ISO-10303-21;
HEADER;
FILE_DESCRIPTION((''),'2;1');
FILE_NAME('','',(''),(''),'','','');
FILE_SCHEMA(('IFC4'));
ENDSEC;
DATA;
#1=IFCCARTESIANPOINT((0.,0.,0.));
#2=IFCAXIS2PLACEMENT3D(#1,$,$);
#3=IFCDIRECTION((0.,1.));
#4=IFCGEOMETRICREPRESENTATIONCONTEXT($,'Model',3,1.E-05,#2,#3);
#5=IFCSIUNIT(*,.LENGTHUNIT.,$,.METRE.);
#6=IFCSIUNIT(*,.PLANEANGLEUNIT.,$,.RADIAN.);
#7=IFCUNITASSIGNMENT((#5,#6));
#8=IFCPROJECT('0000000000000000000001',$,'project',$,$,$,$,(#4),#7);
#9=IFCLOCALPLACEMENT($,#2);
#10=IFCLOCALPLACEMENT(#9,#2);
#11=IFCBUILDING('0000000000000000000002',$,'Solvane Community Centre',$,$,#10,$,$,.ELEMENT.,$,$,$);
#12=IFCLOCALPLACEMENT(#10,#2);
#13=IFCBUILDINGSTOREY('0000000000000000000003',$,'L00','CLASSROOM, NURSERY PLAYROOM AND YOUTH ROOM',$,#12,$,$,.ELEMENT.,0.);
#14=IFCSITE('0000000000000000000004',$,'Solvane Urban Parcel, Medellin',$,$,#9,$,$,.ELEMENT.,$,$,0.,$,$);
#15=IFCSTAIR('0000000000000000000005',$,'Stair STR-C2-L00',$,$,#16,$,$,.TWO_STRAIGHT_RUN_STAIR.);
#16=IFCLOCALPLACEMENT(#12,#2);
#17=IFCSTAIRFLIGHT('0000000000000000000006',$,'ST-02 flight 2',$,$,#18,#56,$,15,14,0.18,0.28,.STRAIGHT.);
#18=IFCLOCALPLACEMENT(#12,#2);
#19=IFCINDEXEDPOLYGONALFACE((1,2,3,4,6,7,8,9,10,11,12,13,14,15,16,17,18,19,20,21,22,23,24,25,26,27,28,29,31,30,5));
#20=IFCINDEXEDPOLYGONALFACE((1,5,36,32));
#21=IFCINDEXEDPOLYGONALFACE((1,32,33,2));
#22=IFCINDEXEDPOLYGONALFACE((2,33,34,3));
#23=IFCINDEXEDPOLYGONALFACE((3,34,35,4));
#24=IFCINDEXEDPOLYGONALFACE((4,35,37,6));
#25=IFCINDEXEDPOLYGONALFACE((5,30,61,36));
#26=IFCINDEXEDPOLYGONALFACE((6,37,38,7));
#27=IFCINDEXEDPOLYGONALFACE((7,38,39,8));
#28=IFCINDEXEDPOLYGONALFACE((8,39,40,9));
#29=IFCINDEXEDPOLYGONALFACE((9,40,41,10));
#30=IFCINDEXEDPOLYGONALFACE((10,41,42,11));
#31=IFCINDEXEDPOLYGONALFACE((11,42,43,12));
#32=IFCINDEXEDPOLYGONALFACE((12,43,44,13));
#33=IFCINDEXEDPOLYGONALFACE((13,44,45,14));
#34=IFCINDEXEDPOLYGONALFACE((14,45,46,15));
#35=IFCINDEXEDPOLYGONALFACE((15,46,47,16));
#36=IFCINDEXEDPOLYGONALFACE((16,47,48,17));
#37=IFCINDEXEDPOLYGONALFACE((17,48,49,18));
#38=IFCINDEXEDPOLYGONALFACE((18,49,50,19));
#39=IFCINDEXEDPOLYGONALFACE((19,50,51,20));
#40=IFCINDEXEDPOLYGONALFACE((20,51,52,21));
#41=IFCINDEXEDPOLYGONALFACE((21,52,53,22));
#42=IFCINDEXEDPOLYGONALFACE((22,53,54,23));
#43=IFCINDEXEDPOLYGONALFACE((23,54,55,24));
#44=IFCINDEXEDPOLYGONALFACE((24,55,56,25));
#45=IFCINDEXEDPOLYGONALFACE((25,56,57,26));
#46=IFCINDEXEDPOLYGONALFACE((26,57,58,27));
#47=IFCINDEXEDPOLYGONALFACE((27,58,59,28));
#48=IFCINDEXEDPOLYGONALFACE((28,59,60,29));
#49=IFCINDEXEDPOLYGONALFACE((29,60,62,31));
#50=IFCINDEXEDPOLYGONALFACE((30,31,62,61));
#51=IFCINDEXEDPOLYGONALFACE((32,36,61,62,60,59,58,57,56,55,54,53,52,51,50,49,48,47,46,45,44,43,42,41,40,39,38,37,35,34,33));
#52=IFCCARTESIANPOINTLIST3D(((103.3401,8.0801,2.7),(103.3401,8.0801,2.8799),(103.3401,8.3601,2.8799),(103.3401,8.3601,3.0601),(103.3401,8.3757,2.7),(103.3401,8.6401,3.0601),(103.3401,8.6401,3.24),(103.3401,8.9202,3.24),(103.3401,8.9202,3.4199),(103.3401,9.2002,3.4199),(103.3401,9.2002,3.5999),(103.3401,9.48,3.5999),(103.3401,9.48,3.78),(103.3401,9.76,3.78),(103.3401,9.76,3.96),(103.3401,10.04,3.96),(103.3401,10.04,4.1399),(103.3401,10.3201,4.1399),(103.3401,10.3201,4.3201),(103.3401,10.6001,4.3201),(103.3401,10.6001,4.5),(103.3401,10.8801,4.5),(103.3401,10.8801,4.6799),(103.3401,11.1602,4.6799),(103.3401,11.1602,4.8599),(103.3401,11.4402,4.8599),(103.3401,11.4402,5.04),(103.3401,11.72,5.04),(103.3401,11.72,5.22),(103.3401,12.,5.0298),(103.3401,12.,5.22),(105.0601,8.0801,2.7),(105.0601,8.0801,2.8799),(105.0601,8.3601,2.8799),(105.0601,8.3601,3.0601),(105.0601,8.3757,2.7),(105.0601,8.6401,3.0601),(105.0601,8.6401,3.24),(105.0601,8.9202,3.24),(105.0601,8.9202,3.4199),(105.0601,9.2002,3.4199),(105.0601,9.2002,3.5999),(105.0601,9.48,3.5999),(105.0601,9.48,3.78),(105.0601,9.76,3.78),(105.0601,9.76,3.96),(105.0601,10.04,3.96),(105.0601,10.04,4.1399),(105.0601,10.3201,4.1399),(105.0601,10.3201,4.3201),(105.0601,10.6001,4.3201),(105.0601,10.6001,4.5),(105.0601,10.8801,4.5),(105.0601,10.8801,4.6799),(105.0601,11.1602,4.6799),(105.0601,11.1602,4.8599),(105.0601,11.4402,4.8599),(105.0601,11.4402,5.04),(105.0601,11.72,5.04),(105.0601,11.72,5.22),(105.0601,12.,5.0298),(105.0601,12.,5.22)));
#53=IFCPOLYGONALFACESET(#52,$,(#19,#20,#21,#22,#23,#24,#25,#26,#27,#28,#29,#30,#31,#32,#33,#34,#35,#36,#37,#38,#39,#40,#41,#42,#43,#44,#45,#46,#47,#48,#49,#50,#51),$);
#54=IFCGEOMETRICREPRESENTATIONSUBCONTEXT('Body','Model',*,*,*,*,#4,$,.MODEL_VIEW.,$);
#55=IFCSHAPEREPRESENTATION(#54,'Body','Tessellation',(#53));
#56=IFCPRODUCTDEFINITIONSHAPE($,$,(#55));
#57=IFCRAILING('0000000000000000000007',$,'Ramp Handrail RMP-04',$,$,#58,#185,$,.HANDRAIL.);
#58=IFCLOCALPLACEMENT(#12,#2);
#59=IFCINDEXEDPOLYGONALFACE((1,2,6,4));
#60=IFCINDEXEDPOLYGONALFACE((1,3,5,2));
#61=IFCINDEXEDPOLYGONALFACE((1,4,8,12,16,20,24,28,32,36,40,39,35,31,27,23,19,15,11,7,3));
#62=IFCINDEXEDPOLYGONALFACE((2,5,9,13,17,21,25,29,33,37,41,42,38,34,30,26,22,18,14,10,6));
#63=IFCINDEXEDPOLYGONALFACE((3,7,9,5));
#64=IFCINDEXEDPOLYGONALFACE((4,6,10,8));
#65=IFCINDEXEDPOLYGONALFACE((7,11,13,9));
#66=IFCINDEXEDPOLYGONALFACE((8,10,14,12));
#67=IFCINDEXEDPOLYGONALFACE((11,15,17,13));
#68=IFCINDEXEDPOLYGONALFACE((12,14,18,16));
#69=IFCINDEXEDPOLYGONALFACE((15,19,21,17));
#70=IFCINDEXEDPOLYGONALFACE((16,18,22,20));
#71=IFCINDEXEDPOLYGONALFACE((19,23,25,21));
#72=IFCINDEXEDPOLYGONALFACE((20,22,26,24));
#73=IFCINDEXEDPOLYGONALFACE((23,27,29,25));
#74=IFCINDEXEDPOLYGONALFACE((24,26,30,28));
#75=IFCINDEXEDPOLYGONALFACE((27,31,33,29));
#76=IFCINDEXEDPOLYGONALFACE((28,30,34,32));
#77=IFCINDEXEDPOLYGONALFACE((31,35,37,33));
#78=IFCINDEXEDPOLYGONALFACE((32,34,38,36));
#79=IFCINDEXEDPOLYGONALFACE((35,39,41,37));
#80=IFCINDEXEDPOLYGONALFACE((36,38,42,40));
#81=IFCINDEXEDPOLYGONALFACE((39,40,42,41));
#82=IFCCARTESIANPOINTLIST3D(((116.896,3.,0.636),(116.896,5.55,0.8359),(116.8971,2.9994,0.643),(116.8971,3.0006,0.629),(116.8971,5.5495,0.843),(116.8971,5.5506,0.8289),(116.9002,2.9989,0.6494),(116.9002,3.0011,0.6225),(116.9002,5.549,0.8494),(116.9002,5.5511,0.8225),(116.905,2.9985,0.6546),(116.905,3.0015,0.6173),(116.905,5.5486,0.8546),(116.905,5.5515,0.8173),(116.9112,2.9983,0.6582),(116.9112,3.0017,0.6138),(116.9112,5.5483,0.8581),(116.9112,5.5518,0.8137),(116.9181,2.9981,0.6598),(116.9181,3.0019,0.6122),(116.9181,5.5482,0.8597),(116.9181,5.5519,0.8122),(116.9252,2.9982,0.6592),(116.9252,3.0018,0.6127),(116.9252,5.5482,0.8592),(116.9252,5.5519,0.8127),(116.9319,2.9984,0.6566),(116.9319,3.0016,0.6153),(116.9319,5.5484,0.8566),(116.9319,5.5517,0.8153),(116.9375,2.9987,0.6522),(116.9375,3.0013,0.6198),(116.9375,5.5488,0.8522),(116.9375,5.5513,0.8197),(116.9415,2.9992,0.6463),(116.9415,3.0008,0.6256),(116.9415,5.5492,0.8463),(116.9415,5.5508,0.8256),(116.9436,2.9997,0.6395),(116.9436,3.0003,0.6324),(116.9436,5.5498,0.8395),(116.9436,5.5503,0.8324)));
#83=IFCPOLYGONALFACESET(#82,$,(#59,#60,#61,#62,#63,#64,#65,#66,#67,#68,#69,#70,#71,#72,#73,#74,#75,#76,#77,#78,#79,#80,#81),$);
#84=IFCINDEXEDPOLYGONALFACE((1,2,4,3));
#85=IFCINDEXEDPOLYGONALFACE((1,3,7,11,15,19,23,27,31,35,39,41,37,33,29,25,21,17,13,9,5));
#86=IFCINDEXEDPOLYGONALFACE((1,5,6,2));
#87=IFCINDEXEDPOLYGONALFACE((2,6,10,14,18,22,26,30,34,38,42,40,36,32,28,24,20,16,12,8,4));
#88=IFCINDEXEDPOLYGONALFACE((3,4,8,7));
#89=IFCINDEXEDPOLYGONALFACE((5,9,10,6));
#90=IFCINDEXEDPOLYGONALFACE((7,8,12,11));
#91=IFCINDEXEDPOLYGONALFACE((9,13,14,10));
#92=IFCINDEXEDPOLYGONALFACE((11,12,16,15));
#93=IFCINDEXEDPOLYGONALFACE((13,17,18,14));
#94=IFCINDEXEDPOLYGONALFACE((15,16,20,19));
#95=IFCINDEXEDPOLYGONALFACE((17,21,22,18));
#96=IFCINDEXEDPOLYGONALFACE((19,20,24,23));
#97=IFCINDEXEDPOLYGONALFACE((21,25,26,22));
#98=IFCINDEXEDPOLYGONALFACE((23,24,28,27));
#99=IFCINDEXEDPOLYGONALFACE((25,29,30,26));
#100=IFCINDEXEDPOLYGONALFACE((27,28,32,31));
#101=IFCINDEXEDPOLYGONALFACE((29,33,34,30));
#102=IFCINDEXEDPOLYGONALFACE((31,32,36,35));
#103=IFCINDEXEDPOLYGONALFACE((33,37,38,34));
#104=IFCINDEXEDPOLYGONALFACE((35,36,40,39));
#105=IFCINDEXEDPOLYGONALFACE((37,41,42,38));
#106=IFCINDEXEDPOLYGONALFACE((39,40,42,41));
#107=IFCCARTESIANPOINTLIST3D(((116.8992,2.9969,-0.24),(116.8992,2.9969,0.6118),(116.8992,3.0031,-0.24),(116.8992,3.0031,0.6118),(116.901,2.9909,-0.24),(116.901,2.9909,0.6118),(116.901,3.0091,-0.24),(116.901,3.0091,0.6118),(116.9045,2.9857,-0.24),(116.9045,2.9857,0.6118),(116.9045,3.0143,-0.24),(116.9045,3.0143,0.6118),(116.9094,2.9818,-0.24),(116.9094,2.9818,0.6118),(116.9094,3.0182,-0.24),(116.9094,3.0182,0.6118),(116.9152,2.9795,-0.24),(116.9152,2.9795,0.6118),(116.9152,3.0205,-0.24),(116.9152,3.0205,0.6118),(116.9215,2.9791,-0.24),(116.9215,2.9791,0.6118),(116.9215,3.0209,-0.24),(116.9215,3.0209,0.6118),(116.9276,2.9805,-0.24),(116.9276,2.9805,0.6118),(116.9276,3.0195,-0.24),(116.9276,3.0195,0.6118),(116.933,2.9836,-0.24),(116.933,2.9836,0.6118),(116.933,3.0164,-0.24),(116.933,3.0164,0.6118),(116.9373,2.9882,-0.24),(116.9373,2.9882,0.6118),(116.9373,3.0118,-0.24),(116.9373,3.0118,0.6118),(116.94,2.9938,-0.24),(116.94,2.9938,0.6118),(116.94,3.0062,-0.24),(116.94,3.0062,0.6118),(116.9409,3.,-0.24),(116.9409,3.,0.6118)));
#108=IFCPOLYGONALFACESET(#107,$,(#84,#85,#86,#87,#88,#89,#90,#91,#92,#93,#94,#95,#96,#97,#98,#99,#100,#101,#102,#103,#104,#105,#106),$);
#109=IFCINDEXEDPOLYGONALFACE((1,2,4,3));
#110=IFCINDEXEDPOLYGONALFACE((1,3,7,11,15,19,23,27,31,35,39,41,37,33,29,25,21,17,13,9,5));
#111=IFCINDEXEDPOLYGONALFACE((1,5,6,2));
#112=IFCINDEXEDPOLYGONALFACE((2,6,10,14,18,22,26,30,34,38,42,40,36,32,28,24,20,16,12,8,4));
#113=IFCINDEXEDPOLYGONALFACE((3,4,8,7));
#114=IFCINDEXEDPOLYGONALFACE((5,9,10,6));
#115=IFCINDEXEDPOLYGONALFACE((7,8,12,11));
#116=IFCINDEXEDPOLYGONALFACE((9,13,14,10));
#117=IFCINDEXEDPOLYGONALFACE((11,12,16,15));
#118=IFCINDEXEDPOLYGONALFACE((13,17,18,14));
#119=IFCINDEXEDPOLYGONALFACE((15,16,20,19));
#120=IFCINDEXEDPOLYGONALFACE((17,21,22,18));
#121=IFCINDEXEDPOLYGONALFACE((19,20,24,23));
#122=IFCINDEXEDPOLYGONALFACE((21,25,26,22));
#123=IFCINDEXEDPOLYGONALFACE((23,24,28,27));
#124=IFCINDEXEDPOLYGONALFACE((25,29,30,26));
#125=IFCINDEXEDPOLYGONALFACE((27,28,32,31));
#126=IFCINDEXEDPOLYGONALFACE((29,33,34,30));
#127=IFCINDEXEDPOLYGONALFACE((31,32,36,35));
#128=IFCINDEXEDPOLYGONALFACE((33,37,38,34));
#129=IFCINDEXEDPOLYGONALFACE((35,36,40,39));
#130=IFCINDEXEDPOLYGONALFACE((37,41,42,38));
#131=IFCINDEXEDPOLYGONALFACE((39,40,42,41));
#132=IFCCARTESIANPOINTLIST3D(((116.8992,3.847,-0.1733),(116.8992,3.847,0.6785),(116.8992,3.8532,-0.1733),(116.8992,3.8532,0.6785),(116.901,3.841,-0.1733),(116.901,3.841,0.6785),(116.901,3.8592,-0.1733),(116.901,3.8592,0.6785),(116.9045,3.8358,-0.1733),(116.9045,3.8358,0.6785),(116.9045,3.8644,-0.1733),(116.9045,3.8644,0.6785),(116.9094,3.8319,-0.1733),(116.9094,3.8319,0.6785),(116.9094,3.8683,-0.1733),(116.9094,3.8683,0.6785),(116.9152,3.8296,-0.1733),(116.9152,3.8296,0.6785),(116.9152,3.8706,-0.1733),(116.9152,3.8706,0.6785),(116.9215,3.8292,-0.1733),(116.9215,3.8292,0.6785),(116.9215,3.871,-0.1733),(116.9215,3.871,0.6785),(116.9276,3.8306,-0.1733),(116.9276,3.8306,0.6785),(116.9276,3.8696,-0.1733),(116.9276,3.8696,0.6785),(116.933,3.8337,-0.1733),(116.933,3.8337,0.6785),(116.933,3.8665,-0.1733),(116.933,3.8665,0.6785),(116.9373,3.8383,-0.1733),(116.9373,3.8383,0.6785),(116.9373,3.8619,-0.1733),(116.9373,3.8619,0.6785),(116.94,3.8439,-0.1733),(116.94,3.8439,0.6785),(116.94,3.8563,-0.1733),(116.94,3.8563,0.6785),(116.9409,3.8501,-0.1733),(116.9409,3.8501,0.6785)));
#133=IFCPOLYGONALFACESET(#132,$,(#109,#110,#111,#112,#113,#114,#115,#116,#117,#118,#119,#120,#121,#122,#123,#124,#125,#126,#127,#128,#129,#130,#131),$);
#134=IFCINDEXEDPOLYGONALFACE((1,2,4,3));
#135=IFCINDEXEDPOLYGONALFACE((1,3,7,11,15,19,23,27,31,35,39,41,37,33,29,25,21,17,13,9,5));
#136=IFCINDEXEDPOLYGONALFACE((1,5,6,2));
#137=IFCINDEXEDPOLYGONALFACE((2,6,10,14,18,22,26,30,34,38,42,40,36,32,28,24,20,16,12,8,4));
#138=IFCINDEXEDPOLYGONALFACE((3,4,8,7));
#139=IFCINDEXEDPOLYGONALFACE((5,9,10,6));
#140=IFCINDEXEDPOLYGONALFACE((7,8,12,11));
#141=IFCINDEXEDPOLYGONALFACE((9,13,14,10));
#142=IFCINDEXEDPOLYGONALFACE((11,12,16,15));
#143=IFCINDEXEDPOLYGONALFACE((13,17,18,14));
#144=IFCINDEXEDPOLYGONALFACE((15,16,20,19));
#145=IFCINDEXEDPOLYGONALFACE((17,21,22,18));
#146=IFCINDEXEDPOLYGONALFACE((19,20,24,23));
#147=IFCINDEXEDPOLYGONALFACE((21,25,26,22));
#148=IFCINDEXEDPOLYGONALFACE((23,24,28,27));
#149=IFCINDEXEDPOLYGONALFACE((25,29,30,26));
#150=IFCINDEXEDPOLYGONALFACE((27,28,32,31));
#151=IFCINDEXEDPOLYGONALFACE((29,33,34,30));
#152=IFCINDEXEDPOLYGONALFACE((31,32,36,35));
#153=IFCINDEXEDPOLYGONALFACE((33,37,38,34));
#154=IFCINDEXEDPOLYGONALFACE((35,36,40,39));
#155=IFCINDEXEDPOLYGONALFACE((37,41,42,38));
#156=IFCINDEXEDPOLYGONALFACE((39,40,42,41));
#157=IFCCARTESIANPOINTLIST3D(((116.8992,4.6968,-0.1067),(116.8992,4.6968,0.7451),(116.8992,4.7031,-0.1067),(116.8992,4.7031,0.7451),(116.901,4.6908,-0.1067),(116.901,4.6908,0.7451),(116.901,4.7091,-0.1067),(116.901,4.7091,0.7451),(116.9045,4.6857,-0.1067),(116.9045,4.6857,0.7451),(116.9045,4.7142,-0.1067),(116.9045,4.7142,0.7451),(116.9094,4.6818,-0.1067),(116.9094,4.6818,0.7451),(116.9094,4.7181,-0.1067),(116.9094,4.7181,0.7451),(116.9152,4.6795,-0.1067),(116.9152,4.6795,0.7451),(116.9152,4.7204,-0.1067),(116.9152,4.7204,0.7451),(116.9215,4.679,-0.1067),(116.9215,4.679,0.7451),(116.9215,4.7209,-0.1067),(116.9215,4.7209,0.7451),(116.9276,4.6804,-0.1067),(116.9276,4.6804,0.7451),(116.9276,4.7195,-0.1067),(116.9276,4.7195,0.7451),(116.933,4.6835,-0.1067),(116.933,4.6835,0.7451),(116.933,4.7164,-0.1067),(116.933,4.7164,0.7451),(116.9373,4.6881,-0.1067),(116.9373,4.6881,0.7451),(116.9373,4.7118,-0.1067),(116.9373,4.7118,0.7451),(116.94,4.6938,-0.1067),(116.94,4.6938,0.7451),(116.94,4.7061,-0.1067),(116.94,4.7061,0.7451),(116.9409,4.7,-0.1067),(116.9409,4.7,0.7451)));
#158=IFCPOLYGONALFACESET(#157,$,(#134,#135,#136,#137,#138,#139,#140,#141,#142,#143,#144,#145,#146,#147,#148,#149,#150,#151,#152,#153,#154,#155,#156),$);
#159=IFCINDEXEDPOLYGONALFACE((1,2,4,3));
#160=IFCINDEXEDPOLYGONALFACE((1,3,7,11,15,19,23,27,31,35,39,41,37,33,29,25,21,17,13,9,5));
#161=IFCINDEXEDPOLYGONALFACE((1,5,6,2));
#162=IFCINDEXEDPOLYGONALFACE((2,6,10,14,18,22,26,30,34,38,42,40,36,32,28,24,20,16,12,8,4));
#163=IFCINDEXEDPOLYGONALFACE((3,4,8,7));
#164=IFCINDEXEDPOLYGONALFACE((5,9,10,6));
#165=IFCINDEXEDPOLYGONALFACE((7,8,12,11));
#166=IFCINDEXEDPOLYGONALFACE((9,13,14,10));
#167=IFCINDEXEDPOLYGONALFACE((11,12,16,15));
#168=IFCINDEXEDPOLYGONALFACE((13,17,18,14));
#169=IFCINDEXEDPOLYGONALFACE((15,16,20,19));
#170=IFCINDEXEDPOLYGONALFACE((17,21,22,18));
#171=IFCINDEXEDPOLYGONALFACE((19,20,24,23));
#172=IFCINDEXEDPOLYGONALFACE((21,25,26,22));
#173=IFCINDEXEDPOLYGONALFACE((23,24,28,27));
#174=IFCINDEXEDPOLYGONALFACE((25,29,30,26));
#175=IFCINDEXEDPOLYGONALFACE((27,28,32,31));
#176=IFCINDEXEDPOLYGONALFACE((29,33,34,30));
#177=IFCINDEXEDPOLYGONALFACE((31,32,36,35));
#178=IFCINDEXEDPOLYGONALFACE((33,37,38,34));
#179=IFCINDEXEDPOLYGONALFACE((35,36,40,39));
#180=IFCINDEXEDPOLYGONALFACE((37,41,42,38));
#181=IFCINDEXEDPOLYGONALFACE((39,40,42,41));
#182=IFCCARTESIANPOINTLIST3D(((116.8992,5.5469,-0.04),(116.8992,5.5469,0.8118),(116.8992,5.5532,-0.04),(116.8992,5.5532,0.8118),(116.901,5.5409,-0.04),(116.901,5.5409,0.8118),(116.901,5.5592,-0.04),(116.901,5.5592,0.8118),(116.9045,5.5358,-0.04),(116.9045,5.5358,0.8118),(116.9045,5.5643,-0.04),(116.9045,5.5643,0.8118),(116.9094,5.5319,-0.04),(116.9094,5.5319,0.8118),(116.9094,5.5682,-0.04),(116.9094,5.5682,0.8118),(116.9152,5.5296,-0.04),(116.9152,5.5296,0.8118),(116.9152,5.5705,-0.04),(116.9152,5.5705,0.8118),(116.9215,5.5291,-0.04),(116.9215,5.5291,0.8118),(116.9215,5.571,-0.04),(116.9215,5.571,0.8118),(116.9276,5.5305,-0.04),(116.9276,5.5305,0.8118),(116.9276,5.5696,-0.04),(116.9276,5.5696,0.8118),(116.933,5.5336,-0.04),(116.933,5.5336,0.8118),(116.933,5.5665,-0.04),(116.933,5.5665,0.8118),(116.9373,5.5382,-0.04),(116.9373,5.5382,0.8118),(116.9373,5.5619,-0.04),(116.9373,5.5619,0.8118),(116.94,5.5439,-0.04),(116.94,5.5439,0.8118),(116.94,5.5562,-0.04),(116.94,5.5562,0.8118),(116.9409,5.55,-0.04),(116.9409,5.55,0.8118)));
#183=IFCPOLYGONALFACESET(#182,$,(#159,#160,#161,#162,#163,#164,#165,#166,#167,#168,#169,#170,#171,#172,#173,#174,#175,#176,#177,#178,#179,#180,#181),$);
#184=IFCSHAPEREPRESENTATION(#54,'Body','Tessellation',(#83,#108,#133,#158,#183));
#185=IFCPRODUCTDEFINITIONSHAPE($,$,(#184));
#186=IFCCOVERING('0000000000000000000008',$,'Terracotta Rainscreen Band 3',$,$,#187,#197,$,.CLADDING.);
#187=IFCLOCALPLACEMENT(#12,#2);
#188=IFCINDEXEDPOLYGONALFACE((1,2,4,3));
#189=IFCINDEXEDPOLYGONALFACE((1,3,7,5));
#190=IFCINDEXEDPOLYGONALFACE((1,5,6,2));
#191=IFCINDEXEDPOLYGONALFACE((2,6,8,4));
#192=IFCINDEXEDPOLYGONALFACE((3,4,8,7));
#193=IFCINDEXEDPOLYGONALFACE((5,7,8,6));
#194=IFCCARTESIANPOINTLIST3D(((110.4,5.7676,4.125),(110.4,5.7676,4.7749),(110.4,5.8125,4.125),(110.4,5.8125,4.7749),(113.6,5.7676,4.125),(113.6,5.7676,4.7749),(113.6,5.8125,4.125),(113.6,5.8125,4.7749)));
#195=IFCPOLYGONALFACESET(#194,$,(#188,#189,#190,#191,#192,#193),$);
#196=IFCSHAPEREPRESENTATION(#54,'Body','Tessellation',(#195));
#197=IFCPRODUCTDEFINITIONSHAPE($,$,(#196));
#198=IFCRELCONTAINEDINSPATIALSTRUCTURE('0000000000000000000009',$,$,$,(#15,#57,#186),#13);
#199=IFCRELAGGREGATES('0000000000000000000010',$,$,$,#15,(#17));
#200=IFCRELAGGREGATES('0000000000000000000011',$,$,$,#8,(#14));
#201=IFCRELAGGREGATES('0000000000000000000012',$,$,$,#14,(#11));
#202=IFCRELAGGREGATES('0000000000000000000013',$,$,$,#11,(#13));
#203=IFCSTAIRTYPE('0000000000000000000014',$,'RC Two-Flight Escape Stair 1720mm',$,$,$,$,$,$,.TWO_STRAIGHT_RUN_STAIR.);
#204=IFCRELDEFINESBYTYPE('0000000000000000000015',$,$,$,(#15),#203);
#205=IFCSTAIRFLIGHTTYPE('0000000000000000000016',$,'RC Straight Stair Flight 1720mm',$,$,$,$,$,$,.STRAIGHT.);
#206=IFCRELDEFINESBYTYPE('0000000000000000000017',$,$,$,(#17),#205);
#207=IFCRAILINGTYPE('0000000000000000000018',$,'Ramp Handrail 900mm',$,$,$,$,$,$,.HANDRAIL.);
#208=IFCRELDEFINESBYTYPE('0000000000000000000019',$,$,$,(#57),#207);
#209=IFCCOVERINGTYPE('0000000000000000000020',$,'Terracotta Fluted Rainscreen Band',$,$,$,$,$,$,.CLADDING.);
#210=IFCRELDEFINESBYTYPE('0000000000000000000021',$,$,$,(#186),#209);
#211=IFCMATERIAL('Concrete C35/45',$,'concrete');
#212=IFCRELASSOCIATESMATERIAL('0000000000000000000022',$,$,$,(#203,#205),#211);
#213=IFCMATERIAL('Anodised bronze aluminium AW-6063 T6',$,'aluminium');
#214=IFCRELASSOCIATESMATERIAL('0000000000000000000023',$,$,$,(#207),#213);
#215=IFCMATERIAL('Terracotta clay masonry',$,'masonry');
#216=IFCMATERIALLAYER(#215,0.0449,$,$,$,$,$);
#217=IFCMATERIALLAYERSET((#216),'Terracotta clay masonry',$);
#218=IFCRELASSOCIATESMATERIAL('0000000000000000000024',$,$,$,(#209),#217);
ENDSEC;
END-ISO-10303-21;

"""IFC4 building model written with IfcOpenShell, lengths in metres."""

from ifc_helpers import new_model, si_unit, direction, frame, origin, origin_2d, place, context, subcontext, project, spatial, polyline, rectangle, circle, outline, extrude, material, layer, layer_set, type_object, element, aggregate, save


model = new_model("IFC4")

# Units and contexts
model_context = context("Model", 3, precision=1e-05, world=origin(), true_north=direction((0.0, 1.0)))
body_context = subcontext(model_context, "Body", "Model", "MODEL_VIEW")
ifc_project = project(units=[si_unit("LENGTHUNIT", "METRE"), si_unit("PLANEANGLEUNIT", "RADIAN")], contexts=[model_context])

# Site, building, storey
site_placement = place(None, origin())
site = spatial("IfcSite", under=ifc_project, at=site_placement, Name="Solvane Urban Parcel, Medellin", CompositionType="ELEMENT", RefElevation=0.0)
building_placement = place(site_placement, origin())
building = spatial("IfcBuilding", under=site, at=building_placement, Name="Solvane Community Centre", CompositionType="ELEMENT")
storey_placement = place(building_placement, origin())
storey = spatial("IfcBuildingStorey", under=building, at=storey_placement, Name="L00", Description="CLASSROOM, NURSERY PLAYROOM AND YOUTH ROOM", CompositionType="ELEMENT", Elevation=0.0)

# Shared definitions
ifc_material_1 = material(Name="Concrete C35/45", Category="concrete")

# Shared definitions
ifc_material_2 = material(Name="Anodised bronze aluminium AW-6063 T6", Category="aluminium")

# Stair, stair flight
stair_type = type_object("IfcStairType", Name="RC Two-Flight Escape Stair 1720mm", PredefinedType="TWO_STRAIGHT_RUN_STAIR", material=ifc_material_1)
stair_placement = place(storey_placement, origin())
stair = element("IfcStair", 1, at=stair_placement, inside=storey, type_object=stair_type, Name="Stair STR-C2-L00", PredefinedType="TWO_STRAIGHT_RUN_STAIR")
stair_flight_type = type_object("IfcStairFlightType", Name="RC Straight Stair Flight 1720mm", PredefinedType="STRAIGHT", material=ifc_material_1)
stair_flight_placement = place(storey_placement, frame((104.2, 8.0801, 2.7), z_axis=(0.0, 0.0, 1.0), x_axis=(0.0, 1.0, 0.0)))
stair_flight = element("IfcStairFlight", 2, at=stair_flight_placement, type_object=stair_flight_type, Name="ST-02 flight 2", NumberOfRisers=15, NumberOfTreads=14, PredefinedType="STRAIGHT", RiserHeight=0.18, TreadLength=0.28, context=body_context, shape_type="SweptSolid", body=[
    extrude(outline(polyline([(0.0, 0.0), (0.0, 0.1799), (0.28, 0.1799), (0.28, 0.3601), (0.5601, 0.3601), (0.5601, 0.54), (0.8401, 0.54), (0.8401, 0.72), (1.1201, 0.72), (1.1201, 0.8999), (1.3999, 0.8999), (1.3999, 1.0801), (1.6799, 1.0801), (1.6799, 1.26), (1.96, 1.26), (1.96, 1.4399), (2.24, 1.4399), (2.24, 1.6201), (2.52, 1.6201), (2.52, 1.8), (2.8, 1.8), (2.8, 1.98), (3.0801, 1.98), (3.0801, 2.1599), (3.3601, 2.1599), (3.3601, 2.3401), (3.6399, 2.3401), (3.6399, 2.52), (3.9199, 2.52), (3.9199, 2.7), (3.9199, 2.3298), (0.2957, 0.0), (0.0, 0.0)])), frame((0.0, 0.8599, 0.0), z_axis=(0.0, -1.0, 0.0), x_axis=(1.0, 0.0, 0.0)), (0.0, 0.0, 1.0), 1.72),
])
aggregate(stair, [stair_flight])

# Railing
railing_type = type_object("IfcRailingType", Name="Ramp Handrail 900mm", PredefinedType="HANDRAIL", material=ifc_material_2)
railing_placement = place(storey_placement, frame((116.9199, 3.0, -0.24)))
element("IfcRailing", 3, at=railing_placement, inside=storey, type_object=railing_type, Name="Ramp Handrail RMP-04", PredefinedType="HANDRAIL", context=body_context, shape_type="SweptSolid", body=[
    extrude(circle(Radius=0.0239, at=origin_2d()), frame((0.0, 0.0, 0.876), z_axis=(0.0, 0.99694, 0.078171), x_axis=(-1.0, 0.0, 0.0)), (0.0, 0.0, 1.0), 2.5579),
    extrude(circle(Radius=0.021, at=origin_2d()), origin(), (0.0, 0.0, 1.0), 0.8518),
    extrude(circle(Radius=0.021, at=origin_2d()), frame((0.0, 0.8501, 0.0667)), (0.0, 0.0, 1.0), 0.8518),
    extrude(circle(Radius=0.021, at=origin_2d()), frame((0.0, 1.7, 0.1333)), (0.0, 0.0, 1.0), 0.8518),
    extrude(circle(Radius=0.021, at=origin_2d()), frame((0.0, 2.55, 0.2)), (0.0, 0.0, 1.0), 0.8518),
])

# Covering
ifc_material_3 = material(Name="Terracotta clay masonry", Category="masonry")
ifc_layer_1 = layer(ifc_material_3, 0.0449)
ifc_layer_set_1 = layer_set([ifc_layer_1], Name="Terracotta clay masonry")
covering_type = type_object("IfcCoveringType", Name="Terracotta Fluted Rainscreen Band", PredefinedType="CLADDING", material=ifc_layer_set_1)
covering_placement = place(storey_placement, frame((112.0, 5.79, 4.125), z_axis=(0.0, 0.0, 1.0), x_axis=(1.0, 0.0, 0.0)))
element("IfcCovering", 4, at=covering_placement, inside=storey, type_object=covering_type, Name="Terracotta Rainscreen Band 3", PredefinedType="CLADDING", context=body_context, shape_type="SweptSolid", body=[
    extrude(rectangle(XDim=3.2, YDim=0.0449, at=origin_2d()), origin(), (0.0, 0.0, 1.0), 0.6499),
])

save(model, "model.ifc")
